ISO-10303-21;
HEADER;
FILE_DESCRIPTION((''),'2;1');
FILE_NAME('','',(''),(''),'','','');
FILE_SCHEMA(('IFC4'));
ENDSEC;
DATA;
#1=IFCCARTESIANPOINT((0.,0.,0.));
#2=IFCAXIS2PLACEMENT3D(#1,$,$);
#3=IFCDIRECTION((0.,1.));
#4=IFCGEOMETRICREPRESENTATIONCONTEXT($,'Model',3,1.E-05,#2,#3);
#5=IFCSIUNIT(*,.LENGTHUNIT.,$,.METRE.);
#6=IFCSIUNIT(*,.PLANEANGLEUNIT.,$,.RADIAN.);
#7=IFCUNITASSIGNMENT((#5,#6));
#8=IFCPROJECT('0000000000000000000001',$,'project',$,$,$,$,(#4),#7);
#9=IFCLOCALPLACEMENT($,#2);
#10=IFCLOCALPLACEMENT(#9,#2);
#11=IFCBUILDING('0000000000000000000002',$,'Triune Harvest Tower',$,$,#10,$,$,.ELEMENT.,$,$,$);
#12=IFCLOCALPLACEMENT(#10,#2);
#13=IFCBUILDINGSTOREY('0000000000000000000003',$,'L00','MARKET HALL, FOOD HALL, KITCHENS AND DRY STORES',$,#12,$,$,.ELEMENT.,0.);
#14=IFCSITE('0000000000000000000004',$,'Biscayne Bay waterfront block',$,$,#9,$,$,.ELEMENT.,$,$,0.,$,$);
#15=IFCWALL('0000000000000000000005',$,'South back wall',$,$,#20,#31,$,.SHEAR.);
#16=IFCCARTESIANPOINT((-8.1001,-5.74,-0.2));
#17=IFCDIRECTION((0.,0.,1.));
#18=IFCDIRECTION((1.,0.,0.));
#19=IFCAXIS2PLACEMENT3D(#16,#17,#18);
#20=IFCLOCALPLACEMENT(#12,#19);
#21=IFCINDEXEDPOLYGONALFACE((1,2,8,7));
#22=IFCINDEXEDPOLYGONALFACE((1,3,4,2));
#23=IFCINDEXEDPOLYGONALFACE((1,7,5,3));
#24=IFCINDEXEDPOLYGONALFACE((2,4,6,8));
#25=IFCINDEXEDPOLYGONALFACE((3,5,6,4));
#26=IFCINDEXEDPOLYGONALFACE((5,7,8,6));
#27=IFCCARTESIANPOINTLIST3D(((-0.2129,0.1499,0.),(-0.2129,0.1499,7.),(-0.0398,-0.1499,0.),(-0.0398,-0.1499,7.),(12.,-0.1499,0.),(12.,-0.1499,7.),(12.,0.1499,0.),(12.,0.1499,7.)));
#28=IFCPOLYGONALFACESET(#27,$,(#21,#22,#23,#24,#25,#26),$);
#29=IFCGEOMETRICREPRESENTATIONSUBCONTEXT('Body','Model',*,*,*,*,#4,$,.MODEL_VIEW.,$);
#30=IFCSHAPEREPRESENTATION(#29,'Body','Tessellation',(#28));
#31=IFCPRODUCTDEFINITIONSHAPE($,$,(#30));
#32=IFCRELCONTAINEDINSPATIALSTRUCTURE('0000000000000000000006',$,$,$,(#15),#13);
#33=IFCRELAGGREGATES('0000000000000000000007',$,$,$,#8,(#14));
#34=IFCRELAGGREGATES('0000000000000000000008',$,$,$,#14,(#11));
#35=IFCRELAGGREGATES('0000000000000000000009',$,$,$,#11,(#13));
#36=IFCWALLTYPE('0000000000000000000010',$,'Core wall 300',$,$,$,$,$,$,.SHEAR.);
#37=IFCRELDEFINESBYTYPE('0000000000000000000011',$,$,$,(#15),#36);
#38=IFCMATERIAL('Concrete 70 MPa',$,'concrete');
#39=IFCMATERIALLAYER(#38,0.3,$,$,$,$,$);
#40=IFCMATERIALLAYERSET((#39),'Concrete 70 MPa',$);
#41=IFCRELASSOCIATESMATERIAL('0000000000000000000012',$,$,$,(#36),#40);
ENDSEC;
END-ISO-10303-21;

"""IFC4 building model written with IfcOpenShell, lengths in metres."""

from ifc_helpers import new_model, si_unit, direction, frame, origin, place, context, subcontext, project, spatial, polyline, outline, extrude, material, layer, layer_set, type_object, element, save


model = new_model("IFC4")

# Units and contexts
model_context = context("Model", 3, precision=1e-05, world=origin(), true_north=direction((0.0, 1.0)))
body_context = subcontext(model_context, "Body", "Model", "MODEL_VIEW")
ifc_project = project(units=[si_unit("LENGTHUNIT", "METRE"), si_unit("PLANEANGLEUNIT", "RADIAN")], contexts=[model_context])

# Site, building, storey
site_placement = place(None, origin())
site = spatial("IfcSite", under=ifc_project, at=site_placement, Name="Biscayne Bay waterfront block", CompositionType="ELEMENT", RefElevation=0.0)
building_placement = place(site_placement, origin())
building = spatial("IfcBuilding", under=site, at=building_placement, Name="Triune Harvest Tower", CompositionType="ELEMENT")
storey_placement = place(building_placement, origin())
storey = spatial("IfcBuildingStorey", under=building, at=storey_placement, Name="L00", Description="MARKET HALL, FOOD HALL, KITCHENS AND DRY STORES", CompositionType="ELEMENT", Elevation=0.0)

# Shared definitions
ifc_material_1 = material(Name="Concrete 70 MPa", Category="concrete")
ifc_layer_1 = layer(ifc_material_1, 0.3)
ifc_layer_set_1 = layer_set([ifc_layer_1], Name="Concrete 70 MPa")
wall_type_1 = type_object("IfcWallType", Name="Core wall 300", PredefinedType="SHEAR", material=ifc_layer_set_1)

# Wall
wall_1_placement = place(storey_placement, frame((-8.1001, -5.74, -0.2), z_axis=(0.0, 0.0, 1.0), x_axis=(1.0, 0.0, 0.0)))
element("IfcWall", 1, at=wall_1_placement, inside=storey, type_object=wall_type_1, Name="South back wall", PredefinedType="SHEAR", context=body_context, shape_type="SweptSolid", body=[
    extrude(outline(polyline([(12.0, -0.1499), (-0.0398, -0.1499), (-0.2129, 0.1499), (12.0, 0.1499), (12.0, -0.1499)])), origin(), (0.0, 0.0, 1.0), 7.0),
])

save(model, "model.ifc")
